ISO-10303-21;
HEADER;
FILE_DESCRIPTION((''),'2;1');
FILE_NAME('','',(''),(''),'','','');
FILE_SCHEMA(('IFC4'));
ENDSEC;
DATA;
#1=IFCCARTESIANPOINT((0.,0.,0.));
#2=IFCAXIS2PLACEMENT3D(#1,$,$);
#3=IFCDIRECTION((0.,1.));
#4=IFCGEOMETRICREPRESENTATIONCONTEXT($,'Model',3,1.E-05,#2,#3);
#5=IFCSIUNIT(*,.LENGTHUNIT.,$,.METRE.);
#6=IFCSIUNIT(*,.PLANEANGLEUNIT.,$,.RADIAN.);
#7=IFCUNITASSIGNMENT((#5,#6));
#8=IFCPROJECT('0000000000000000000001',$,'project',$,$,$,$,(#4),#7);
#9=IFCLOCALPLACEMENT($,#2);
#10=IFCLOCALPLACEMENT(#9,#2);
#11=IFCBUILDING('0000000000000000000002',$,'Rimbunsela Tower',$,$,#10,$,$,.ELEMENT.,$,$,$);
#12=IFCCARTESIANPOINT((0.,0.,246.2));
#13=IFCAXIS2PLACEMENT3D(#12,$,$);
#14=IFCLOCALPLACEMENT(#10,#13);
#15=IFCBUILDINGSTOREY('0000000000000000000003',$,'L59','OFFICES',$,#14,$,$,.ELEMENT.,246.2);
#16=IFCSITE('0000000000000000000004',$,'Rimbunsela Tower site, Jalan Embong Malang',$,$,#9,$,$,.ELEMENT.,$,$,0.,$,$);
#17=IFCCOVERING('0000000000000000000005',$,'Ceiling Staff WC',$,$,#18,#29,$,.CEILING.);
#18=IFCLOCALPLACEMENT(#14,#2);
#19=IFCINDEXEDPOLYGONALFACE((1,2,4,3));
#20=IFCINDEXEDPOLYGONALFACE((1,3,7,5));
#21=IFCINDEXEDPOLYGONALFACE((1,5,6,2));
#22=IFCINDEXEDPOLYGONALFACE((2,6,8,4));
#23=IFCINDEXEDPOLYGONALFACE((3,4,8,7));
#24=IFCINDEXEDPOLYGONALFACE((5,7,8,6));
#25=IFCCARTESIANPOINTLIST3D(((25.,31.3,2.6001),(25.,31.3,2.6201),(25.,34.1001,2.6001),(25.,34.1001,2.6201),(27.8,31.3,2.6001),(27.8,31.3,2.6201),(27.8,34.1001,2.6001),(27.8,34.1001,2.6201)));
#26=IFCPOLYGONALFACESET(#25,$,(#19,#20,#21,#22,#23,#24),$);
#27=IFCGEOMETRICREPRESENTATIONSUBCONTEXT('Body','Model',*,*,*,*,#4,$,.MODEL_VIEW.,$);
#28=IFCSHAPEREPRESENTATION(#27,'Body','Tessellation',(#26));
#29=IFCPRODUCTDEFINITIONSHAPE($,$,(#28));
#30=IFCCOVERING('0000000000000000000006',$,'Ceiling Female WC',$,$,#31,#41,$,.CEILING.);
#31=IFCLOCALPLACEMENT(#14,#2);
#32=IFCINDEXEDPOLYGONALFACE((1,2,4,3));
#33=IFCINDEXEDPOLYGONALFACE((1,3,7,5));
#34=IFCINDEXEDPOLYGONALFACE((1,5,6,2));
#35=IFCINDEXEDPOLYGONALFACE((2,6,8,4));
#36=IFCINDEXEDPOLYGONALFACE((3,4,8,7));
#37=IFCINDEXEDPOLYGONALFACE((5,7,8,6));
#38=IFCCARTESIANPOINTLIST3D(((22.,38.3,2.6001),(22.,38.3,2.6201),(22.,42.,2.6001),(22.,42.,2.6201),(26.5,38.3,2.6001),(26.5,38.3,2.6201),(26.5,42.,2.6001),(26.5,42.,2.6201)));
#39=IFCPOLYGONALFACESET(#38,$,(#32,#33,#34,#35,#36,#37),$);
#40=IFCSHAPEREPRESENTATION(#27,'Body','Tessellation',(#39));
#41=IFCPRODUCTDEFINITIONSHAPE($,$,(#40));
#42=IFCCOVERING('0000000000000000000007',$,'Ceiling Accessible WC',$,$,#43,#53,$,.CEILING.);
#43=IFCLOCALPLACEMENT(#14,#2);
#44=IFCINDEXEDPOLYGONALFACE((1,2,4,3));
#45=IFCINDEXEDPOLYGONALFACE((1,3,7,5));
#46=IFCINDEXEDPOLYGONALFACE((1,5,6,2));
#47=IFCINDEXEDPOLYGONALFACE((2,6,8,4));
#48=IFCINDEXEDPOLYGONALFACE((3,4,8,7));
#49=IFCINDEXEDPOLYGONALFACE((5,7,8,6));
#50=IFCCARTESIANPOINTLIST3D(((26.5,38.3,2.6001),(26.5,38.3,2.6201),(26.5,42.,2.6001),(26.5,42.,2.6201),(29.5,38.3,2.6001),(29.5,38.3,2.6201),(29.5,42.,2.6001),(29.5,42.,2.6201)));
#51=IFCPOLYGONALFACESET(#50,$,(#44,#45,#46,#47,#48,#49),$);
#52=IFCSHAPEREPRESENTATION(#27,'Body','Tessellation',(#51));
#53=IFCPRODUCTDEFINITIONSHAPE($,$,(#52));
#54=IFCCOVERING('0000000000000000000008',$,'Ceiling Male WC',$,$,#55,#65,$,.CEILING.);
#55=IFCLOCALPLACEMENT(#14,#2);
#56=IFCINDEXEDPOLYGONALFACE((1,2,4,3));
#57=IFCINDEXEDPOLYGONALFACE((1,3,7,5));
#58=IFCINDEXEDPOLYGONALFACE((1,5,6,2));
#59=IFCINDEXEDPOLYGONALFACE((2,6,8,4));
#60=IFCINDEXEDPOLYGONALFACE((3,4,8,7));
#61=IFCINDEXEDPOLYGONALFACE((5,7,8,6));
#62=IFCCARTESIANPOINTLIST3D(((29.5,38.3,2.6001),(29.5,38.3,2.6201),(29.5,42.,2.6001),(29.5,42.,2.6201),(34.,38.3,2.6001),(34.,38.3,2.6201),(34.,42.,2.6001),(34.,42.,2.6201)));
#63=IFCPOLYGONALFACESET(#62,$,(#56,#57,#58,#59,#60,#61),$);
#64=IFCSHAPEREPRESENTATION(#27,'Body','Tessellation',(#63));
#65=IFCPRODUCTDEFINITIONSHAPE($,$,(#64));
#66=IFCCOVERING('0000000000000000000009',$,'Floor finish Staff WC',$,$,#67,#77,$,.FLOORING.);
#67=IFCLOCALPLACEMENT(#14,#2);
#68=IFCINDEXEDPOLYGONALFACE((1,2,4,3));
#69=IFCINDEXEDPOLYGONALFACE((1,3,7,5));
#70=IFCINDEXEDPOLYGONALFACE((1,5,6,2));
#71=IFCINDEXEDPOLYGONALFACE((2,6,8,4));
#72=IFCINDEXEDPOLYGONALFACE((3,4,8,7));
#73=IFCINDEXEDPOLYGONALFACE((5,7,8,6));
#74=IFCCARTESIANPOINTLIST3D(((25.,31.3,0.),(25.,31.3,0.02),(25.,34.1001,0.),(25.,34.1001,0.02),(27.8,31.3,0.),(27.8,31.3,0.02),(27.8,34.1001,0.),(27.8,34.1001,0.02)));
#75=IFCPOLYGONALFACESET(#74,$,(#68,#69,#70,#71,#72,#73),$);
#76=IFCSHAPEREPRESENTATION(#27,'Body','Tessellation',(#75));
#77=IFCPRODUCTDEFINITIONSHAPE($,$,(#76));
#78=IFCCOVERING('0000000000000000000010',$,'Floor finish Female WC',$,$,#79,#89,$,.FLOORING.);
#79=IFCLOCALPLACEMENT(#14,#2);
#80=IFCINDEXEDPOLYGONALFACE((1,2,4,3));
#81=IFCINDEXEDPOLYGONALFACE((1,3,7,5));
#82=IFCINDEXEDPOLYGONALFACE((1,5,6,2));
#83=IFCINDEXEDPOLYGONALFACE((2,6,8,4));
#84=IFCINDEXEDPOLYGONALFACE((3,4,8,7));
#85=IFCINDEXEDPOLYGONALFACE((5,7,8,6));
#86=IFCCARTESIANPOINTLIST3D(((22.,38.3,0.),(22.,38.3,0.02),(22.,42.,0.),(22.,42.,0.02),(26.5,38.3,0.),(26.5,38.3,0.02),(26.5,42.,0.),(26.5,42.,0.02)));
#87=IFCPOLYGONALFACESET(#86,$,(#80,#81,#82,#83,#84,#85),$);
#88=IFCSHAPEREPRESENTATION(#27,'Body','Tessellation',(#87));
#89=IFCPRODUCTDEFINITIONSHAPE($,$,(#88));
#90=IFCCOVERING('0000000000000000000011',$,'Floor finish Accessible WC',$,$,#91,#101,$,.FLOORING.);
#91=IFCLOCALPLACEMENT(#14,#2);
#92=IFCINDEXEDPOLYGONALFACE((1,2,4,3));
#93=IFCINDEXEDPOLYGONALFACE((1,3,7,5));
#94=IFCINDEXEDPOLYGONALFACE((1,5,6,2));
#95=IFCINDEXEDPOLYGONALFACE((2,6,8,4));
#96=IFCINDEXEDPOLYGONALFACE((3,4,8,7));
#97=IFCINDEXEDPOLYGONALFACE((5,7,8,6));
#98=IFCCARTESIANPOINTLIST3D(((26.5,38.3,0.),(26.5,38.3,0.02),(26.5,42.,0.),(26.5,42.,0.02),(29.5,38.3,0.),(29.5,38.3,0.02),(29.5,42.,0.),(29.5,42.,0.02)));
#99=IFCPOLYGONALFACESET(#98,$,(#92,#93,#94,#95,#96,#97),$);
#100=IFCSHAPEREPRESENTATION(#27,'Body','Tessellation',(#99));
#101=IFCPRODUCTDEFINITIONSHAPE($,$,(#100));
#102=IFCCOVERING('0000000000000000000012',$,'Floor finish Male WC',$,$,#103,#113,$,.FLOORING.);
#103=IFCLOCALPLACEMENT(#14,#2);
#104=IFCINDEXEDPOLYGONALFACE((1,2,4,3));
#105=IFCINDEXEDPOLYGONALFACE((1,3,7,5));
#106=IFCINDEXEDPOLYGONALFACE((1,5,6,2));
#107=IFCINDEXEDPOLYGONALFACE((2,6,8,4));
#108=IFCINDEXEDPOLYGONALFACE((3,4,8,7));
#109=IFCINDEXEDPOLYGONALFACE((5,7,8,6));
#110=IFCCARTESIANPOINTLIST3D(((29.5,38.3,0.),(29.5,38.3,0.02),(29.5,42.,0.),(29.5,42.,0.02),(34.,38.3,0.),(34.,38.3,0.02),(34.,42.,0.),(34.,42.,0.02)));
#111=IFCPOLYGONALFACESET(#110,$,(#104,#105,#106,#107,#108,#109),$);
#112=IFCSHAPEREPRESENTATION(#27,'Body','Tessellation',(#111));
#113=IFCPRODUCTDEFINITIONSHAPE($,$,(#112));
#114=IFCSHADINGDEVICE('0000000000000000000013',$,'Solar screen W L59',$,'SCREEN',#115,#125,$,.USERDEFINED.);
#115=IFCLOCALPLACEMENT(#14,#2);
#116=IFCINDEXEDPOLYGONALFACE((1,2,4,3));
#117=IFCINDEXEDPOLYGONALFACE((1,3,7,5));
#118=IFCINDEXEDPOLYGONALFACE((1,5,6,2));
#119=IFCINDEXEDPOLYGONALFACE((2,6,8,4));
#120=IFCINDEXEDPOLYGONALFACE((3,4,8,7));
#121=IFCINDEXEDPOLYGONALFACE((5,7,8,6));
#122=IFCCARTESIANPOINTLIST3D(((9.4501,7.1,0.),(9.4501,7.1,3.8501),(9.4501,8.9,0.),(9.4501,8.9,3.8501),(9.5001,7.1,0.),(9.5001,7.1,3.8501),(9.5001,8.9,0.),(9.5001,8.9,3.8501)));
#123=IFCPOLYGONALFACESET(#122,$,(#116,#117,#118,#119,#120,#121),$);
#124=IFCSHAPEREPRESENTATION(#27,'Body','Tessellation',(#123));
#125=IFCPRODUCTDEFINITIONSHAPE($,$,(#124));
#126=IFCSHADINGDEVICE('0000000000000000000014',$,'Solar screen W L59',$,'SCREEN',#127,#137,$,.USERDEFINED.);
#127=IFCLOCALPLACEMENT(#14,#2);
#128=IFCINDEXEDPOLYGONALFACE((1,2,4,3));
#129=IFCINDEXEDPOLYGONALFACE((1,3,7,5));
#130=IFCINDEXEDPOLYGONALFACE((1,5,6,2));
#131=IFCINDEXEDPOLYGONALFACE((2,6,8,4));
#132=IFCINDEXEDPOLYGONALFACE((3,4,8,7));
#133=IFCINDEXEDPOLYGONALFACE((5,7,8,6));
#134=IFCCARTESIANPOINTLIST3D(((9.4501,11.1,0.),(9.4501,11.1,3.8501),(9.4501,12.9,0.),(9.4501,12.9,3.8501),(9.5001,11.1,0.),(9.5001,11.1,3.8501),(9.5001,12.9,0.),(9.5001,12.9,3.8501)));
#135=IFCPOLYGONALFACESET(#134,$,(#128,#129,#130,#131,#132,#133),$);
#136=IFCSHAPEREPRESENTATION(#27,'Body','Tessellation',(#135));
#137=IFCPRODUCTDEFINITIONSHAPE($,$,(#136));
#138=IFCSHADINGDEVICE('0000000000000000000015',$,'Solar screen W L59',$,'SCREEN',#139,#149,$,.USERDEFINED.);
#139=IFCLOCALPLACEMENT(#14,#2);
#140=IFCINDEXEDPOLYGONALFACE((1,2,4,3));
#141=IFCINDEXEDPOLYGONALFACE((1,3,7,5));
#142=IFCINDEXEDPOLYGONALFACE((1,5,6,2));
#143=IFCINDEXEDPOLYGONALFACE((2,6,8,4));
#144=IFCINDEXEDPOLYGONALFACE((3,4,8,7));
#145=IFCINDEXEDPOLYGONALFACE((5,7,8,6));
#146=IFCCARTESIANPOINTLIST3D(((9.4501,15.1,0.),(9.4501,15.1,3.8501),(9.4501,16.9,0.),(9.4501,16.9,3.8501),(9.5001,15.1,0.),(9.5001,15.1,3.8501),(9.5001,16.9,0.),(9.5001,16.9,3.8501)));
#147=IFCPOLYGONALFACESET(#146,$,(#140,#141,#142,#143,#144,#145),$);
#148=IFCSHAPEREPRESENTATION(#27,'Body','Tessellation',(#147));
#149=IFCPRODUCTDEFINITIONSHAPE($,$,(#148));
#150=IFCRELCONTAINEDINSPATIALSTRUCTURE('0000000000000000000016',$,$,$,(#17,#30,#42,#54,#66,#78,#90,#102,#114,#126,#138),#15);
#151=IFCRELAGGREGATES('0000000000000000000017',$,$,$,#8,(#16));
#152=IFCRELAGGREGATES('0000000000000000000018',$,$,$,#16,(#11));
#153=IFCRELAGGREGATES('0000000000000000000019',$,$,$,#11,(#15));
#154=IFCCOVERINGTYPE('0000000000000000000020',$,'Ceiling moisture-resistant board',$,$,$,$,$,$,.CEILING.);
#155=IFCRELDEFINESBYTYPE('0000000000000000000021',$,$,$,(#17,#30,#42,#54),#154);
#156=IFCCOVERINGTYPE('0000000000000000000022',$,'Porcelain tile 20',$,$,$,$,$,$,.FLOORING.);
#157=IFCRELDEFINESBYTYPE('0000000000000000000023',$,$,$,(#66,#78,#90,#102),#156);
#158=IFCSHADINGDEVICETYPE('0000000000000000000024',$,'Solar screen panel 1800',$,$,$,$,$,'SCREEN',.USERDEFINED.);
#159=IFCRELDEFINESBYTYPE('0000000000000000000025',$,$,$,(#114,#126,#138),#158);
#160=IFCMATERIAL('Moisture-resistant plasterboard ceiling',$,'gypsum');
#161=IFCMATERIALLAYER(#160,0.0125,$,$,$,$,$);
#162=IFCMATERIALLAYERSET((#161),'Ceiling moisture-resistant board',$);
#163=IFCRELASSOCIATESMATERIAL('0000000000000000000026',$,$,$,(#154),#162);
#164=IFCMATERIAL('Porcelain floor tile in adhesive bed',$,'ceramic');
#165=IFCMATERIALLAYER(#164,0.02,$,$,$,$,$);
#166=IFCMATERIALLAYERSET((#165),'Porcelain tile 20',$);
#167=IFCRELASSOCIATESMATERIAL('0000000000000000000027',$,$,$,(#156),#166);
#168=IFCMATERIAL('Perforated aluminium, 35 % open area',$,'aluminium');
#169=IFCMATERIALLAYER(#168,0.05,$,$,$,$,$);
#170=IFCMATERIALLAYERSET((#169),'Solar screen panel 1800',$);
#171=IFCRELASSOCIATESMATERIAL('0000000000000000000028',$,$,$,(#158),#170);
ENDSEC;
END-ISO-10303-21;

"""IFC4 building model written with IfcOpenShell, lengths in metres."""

from ifc_helpers import new_model, si_unit, direction, frame, origin, origin_2d, place, context, subcontext, project, spatial, polyline, rectangle, outline, extrude, material, layer, layer_set, type_object, element, save


model = new_model("IFC4")

# Units and contexts
model_context = context("Model", 3, precision=1e-05, world=origin(), true_north=direction((0.0, 1.0)))
body_context = subcontext(model_context, "Body", "Model", "MODEL_VIEW")
ifc_project = project(units=[si_unit("LENGTHUNIT", "METRE"), si_unit("PLANEANGLEUNIT", "RADIAN")], contexts=[model_context])

# Site, building, storey
site_placement = place(None, origin())
site = spatial("IfcSite", under=ifc_project, at=site_placement, Name="Rimbunsela Tower site, Jalan Embong Malang", CompositionType="ELEMENT", RefElevation=0.0)
building_placement = place(site_placement, origin())
building = spatial("IfcBuilding", under=site, at=building_placement, Name="Rimbunsela Tower", CompositionType="ELEMENT")
storey_placement = place(building_placement, frame((0.0, 0.0, 246.2)))
storey = spatial("IfcBuildingStorey", under=building, at=storey_placement, Name="L59", Description="OFFICES", CompositionType="ELEMENT", Elevation=246.2)

# Coverings
ifc_material_1 = material(Name="Moisture-resistant plasterboard ceiling", Category="gypsum")
ifc_layer_1 = layer(ifc_material_1, 0.0125)
ifc_layer_set_1 = layer_set([ifc_layer_1], Name="Ceiling moisture-resistant board")
covering_type_1 = type_object("IfcCoveringType", Name="Ceiling moisture-resistant board", PredefinedType="CEILING", material=ifc_layer_set_1)
covering_1_placement = place(storey_placement, frame((0.0, 0.0, 2.6001)))
element("IfcCovering", 1, at=covering_1_placement, inside=storey, type_object=covering_type_1, Name="Ceiling Staff WC", PredefinedType="CEILING", context=body_context, shape_type="SweptSolid", body=[
    extrude(outline(polyline([(27.8, 31.3), (27.8, 34.1001), (25.0, 34.1001), (25.0, 31.3), (27.8, 31.3)])), origin(), (0.0, 0.0, 1.0), 0.02),
])
covering_2_placement = place(storey_placement, frame((0.0, 0.0, 2.6001)))
element("IfcCovering", 2, at=covering_2_placement, inside=storey, type_object=covering_type_1, Name="Ceiling Female WC", PredefinedType="CEILING", context=body_context, shape_type="SweptSolid", body=[
    extrude(outline(polyline([(26.5, 38.3), (26.5, 42.0), (22.0, 42.0), (22.0, 38.3), (26.5, 38.3)])), origin(), (0.0, 0.0, 1.0), 0.02),
])
covering_3_placement = place(storey_placement, frame((0.0, 0.0, 2.6001)))
element("IfcCovering", 3, at=covering_3_placement, inside=storey, type_object=covering_type_1, Name="Ceiling Accessible WC", PredefinedType="CEILING", context=body_context, shape_type="SweptSolid", body=[
    extrude(outline(polyline([(29.5, 38.3), (29.5, 42.0), (26.5, 42.0), (26.5, 38.3), (29.5, 38.3)])), origin(), (0.0, 0.0, 1.0), 0.02),
])
covering_4_placement = place(storey_placement, frame((0.0, 0.0, 2.6001)))
element("IfcCovering", 4, at=covering_4_placement, inside=storey, type_object=covering_type_1, Name="Ceiling Male WC", PredefinedType="CEILING", context=body_context, shape_type="SweptSolid", body=[
    extrude(outline(polyline([(34.0, 38.3), (34.0, 42.0), (29.5, 42.0), (29.5, 38.3), (34.0, 38.3)])), origin(), (0.0, 0.0, 1.0), 0.02),
])
ifc_material_2 = material(Name="Porcelain floor tile in adhesive bed", Category="ceramic")
ifc_layer_2 = layer(ifc_material_2, 0.02)
ifc_layer_set_2 = layer_set([ifc_layer_2], Name="Porcelain tile 20")
covering_type_2 = type_object("IfcCoveringType", Name="Porcelain tile 20", PredefinedType="FLOORING", material=ifc_layer_set_2)
covering_5_placement = place(storey_placement, origin())
element("IfcCovering", 5, at=covering_5_placement, inside=storey, type_object=covering_type_2, Name="Floor finish Staff WC", PredefinedType="FLOORING", context=body_context, shape_type="SweptSolid", body=[
    extrude(outline(polyline([(27.8, 31.3), (27.8, 34.1001), (25.0, 34.1001), (25.0, 31.3), (27.8, 31.3)])), origin(), (0.0, 0.0, 1.0), 0.02),
])
covering_6_placement = place(storey_placement, origin())
element("IfcCovering", 6, at=covering_6_placement, inside=storey, type_object=covering_type_2, Name="Floor finish Female WC", PredefinedType="FLOORING", context=body_context, shape_type="SweptSolid", body=[
    extrude(outline(polyline([(26.5, 38.3), (26.5, 42.0), (22.0, 42.0), (22.0, 38.3), (26.5, 38.3)])), origin(), (0.0, 0.0, 1.0), 0.02),
])
covering_7_placement = place(storey_placement, origin())
element("IfcCovering", 7, at=covering_7_placement, inside=storey, type_object=covering_type_2, Name="Floor finish Accessible WC", PredefinedType="FLOORING", context=body_context, shape_type="SweptSolid", body=[
    extrude(outline(polyline([(29.5, 38.3), (29.5, 42.0), (26.5, 42.0), (26.5, 38.3), (29.5, 38.3)])), origin(), (0.0, 0.0, 1.0), 0.02),
])
covering_8_placement = place(storey_placement, origin())
element("IfcCovering", 8, at=covering_8_placement, inside=storey, type_object=covering_type_2, Name="Floor finish Male WC", PredefinedType="FLOORING", context=body_context, shape_type="SweptSolid", body=[
    extrude(outline(polyline([(34.0, 38.3), (34.0, 42.0), (29.5, 42.0), (29.5, 38.3), (34.0, 38.3)])), origin(), (0.0, 0.0, 1.0), 0.02),
])

# Shading devices
ifc_material_3 = material(Name="Perforated aluminium, 35 % open area", Category="aluminium")
ifc_layer_3 = layer(ifc_material_3, 0.05)
ifc_layer_set_3 = layer_set([ifc_layer_3], Name="Solar screen panel 1800")
shading_device_type = type_object("IfcShadingDeviceType", Name="Solar screen panel 1800", ElementType="SCREEN", PredefinedType="USERDEFINED", material=ifc_layer_set_3)
for number, where, z_axis, x_axis, name in (
    (9, (9.4751, 8.0, 0.0), (0.0, 0.0, 1.0), (0.0, 1.0, 0.0), "Solar screen W L59"),
    (10, (9.4751, 12.0, 0.0), (0.0, 0.0, 1.0), (0.0, 1.0, 0.0), "Solar screen W L59"),
    (11, (9.4751, 16.0, 0.0), (0.0, 0.0, 1.0), (0.0, 1.0, 0.0), "Solar screen W L59"),
):
    element("IfcShadingDevice", number, at=place(storey_placement, frame(where, z_axis=z_axis, x_axis=x_axis)), inside=storey, type_object=shading_device_type, Name=name, ObjectType="SCREEN", PredefinedType="USERDEFINED", context=body_context, shape_type="SweptSolid", body=[
        extrude(rectangle(XDim=1.8, YDim=0.05, at=origin_2d()), origin(), (0.0, 0.0, 1.0), 3.8501),
    ])

save(model, "model.ifc")
